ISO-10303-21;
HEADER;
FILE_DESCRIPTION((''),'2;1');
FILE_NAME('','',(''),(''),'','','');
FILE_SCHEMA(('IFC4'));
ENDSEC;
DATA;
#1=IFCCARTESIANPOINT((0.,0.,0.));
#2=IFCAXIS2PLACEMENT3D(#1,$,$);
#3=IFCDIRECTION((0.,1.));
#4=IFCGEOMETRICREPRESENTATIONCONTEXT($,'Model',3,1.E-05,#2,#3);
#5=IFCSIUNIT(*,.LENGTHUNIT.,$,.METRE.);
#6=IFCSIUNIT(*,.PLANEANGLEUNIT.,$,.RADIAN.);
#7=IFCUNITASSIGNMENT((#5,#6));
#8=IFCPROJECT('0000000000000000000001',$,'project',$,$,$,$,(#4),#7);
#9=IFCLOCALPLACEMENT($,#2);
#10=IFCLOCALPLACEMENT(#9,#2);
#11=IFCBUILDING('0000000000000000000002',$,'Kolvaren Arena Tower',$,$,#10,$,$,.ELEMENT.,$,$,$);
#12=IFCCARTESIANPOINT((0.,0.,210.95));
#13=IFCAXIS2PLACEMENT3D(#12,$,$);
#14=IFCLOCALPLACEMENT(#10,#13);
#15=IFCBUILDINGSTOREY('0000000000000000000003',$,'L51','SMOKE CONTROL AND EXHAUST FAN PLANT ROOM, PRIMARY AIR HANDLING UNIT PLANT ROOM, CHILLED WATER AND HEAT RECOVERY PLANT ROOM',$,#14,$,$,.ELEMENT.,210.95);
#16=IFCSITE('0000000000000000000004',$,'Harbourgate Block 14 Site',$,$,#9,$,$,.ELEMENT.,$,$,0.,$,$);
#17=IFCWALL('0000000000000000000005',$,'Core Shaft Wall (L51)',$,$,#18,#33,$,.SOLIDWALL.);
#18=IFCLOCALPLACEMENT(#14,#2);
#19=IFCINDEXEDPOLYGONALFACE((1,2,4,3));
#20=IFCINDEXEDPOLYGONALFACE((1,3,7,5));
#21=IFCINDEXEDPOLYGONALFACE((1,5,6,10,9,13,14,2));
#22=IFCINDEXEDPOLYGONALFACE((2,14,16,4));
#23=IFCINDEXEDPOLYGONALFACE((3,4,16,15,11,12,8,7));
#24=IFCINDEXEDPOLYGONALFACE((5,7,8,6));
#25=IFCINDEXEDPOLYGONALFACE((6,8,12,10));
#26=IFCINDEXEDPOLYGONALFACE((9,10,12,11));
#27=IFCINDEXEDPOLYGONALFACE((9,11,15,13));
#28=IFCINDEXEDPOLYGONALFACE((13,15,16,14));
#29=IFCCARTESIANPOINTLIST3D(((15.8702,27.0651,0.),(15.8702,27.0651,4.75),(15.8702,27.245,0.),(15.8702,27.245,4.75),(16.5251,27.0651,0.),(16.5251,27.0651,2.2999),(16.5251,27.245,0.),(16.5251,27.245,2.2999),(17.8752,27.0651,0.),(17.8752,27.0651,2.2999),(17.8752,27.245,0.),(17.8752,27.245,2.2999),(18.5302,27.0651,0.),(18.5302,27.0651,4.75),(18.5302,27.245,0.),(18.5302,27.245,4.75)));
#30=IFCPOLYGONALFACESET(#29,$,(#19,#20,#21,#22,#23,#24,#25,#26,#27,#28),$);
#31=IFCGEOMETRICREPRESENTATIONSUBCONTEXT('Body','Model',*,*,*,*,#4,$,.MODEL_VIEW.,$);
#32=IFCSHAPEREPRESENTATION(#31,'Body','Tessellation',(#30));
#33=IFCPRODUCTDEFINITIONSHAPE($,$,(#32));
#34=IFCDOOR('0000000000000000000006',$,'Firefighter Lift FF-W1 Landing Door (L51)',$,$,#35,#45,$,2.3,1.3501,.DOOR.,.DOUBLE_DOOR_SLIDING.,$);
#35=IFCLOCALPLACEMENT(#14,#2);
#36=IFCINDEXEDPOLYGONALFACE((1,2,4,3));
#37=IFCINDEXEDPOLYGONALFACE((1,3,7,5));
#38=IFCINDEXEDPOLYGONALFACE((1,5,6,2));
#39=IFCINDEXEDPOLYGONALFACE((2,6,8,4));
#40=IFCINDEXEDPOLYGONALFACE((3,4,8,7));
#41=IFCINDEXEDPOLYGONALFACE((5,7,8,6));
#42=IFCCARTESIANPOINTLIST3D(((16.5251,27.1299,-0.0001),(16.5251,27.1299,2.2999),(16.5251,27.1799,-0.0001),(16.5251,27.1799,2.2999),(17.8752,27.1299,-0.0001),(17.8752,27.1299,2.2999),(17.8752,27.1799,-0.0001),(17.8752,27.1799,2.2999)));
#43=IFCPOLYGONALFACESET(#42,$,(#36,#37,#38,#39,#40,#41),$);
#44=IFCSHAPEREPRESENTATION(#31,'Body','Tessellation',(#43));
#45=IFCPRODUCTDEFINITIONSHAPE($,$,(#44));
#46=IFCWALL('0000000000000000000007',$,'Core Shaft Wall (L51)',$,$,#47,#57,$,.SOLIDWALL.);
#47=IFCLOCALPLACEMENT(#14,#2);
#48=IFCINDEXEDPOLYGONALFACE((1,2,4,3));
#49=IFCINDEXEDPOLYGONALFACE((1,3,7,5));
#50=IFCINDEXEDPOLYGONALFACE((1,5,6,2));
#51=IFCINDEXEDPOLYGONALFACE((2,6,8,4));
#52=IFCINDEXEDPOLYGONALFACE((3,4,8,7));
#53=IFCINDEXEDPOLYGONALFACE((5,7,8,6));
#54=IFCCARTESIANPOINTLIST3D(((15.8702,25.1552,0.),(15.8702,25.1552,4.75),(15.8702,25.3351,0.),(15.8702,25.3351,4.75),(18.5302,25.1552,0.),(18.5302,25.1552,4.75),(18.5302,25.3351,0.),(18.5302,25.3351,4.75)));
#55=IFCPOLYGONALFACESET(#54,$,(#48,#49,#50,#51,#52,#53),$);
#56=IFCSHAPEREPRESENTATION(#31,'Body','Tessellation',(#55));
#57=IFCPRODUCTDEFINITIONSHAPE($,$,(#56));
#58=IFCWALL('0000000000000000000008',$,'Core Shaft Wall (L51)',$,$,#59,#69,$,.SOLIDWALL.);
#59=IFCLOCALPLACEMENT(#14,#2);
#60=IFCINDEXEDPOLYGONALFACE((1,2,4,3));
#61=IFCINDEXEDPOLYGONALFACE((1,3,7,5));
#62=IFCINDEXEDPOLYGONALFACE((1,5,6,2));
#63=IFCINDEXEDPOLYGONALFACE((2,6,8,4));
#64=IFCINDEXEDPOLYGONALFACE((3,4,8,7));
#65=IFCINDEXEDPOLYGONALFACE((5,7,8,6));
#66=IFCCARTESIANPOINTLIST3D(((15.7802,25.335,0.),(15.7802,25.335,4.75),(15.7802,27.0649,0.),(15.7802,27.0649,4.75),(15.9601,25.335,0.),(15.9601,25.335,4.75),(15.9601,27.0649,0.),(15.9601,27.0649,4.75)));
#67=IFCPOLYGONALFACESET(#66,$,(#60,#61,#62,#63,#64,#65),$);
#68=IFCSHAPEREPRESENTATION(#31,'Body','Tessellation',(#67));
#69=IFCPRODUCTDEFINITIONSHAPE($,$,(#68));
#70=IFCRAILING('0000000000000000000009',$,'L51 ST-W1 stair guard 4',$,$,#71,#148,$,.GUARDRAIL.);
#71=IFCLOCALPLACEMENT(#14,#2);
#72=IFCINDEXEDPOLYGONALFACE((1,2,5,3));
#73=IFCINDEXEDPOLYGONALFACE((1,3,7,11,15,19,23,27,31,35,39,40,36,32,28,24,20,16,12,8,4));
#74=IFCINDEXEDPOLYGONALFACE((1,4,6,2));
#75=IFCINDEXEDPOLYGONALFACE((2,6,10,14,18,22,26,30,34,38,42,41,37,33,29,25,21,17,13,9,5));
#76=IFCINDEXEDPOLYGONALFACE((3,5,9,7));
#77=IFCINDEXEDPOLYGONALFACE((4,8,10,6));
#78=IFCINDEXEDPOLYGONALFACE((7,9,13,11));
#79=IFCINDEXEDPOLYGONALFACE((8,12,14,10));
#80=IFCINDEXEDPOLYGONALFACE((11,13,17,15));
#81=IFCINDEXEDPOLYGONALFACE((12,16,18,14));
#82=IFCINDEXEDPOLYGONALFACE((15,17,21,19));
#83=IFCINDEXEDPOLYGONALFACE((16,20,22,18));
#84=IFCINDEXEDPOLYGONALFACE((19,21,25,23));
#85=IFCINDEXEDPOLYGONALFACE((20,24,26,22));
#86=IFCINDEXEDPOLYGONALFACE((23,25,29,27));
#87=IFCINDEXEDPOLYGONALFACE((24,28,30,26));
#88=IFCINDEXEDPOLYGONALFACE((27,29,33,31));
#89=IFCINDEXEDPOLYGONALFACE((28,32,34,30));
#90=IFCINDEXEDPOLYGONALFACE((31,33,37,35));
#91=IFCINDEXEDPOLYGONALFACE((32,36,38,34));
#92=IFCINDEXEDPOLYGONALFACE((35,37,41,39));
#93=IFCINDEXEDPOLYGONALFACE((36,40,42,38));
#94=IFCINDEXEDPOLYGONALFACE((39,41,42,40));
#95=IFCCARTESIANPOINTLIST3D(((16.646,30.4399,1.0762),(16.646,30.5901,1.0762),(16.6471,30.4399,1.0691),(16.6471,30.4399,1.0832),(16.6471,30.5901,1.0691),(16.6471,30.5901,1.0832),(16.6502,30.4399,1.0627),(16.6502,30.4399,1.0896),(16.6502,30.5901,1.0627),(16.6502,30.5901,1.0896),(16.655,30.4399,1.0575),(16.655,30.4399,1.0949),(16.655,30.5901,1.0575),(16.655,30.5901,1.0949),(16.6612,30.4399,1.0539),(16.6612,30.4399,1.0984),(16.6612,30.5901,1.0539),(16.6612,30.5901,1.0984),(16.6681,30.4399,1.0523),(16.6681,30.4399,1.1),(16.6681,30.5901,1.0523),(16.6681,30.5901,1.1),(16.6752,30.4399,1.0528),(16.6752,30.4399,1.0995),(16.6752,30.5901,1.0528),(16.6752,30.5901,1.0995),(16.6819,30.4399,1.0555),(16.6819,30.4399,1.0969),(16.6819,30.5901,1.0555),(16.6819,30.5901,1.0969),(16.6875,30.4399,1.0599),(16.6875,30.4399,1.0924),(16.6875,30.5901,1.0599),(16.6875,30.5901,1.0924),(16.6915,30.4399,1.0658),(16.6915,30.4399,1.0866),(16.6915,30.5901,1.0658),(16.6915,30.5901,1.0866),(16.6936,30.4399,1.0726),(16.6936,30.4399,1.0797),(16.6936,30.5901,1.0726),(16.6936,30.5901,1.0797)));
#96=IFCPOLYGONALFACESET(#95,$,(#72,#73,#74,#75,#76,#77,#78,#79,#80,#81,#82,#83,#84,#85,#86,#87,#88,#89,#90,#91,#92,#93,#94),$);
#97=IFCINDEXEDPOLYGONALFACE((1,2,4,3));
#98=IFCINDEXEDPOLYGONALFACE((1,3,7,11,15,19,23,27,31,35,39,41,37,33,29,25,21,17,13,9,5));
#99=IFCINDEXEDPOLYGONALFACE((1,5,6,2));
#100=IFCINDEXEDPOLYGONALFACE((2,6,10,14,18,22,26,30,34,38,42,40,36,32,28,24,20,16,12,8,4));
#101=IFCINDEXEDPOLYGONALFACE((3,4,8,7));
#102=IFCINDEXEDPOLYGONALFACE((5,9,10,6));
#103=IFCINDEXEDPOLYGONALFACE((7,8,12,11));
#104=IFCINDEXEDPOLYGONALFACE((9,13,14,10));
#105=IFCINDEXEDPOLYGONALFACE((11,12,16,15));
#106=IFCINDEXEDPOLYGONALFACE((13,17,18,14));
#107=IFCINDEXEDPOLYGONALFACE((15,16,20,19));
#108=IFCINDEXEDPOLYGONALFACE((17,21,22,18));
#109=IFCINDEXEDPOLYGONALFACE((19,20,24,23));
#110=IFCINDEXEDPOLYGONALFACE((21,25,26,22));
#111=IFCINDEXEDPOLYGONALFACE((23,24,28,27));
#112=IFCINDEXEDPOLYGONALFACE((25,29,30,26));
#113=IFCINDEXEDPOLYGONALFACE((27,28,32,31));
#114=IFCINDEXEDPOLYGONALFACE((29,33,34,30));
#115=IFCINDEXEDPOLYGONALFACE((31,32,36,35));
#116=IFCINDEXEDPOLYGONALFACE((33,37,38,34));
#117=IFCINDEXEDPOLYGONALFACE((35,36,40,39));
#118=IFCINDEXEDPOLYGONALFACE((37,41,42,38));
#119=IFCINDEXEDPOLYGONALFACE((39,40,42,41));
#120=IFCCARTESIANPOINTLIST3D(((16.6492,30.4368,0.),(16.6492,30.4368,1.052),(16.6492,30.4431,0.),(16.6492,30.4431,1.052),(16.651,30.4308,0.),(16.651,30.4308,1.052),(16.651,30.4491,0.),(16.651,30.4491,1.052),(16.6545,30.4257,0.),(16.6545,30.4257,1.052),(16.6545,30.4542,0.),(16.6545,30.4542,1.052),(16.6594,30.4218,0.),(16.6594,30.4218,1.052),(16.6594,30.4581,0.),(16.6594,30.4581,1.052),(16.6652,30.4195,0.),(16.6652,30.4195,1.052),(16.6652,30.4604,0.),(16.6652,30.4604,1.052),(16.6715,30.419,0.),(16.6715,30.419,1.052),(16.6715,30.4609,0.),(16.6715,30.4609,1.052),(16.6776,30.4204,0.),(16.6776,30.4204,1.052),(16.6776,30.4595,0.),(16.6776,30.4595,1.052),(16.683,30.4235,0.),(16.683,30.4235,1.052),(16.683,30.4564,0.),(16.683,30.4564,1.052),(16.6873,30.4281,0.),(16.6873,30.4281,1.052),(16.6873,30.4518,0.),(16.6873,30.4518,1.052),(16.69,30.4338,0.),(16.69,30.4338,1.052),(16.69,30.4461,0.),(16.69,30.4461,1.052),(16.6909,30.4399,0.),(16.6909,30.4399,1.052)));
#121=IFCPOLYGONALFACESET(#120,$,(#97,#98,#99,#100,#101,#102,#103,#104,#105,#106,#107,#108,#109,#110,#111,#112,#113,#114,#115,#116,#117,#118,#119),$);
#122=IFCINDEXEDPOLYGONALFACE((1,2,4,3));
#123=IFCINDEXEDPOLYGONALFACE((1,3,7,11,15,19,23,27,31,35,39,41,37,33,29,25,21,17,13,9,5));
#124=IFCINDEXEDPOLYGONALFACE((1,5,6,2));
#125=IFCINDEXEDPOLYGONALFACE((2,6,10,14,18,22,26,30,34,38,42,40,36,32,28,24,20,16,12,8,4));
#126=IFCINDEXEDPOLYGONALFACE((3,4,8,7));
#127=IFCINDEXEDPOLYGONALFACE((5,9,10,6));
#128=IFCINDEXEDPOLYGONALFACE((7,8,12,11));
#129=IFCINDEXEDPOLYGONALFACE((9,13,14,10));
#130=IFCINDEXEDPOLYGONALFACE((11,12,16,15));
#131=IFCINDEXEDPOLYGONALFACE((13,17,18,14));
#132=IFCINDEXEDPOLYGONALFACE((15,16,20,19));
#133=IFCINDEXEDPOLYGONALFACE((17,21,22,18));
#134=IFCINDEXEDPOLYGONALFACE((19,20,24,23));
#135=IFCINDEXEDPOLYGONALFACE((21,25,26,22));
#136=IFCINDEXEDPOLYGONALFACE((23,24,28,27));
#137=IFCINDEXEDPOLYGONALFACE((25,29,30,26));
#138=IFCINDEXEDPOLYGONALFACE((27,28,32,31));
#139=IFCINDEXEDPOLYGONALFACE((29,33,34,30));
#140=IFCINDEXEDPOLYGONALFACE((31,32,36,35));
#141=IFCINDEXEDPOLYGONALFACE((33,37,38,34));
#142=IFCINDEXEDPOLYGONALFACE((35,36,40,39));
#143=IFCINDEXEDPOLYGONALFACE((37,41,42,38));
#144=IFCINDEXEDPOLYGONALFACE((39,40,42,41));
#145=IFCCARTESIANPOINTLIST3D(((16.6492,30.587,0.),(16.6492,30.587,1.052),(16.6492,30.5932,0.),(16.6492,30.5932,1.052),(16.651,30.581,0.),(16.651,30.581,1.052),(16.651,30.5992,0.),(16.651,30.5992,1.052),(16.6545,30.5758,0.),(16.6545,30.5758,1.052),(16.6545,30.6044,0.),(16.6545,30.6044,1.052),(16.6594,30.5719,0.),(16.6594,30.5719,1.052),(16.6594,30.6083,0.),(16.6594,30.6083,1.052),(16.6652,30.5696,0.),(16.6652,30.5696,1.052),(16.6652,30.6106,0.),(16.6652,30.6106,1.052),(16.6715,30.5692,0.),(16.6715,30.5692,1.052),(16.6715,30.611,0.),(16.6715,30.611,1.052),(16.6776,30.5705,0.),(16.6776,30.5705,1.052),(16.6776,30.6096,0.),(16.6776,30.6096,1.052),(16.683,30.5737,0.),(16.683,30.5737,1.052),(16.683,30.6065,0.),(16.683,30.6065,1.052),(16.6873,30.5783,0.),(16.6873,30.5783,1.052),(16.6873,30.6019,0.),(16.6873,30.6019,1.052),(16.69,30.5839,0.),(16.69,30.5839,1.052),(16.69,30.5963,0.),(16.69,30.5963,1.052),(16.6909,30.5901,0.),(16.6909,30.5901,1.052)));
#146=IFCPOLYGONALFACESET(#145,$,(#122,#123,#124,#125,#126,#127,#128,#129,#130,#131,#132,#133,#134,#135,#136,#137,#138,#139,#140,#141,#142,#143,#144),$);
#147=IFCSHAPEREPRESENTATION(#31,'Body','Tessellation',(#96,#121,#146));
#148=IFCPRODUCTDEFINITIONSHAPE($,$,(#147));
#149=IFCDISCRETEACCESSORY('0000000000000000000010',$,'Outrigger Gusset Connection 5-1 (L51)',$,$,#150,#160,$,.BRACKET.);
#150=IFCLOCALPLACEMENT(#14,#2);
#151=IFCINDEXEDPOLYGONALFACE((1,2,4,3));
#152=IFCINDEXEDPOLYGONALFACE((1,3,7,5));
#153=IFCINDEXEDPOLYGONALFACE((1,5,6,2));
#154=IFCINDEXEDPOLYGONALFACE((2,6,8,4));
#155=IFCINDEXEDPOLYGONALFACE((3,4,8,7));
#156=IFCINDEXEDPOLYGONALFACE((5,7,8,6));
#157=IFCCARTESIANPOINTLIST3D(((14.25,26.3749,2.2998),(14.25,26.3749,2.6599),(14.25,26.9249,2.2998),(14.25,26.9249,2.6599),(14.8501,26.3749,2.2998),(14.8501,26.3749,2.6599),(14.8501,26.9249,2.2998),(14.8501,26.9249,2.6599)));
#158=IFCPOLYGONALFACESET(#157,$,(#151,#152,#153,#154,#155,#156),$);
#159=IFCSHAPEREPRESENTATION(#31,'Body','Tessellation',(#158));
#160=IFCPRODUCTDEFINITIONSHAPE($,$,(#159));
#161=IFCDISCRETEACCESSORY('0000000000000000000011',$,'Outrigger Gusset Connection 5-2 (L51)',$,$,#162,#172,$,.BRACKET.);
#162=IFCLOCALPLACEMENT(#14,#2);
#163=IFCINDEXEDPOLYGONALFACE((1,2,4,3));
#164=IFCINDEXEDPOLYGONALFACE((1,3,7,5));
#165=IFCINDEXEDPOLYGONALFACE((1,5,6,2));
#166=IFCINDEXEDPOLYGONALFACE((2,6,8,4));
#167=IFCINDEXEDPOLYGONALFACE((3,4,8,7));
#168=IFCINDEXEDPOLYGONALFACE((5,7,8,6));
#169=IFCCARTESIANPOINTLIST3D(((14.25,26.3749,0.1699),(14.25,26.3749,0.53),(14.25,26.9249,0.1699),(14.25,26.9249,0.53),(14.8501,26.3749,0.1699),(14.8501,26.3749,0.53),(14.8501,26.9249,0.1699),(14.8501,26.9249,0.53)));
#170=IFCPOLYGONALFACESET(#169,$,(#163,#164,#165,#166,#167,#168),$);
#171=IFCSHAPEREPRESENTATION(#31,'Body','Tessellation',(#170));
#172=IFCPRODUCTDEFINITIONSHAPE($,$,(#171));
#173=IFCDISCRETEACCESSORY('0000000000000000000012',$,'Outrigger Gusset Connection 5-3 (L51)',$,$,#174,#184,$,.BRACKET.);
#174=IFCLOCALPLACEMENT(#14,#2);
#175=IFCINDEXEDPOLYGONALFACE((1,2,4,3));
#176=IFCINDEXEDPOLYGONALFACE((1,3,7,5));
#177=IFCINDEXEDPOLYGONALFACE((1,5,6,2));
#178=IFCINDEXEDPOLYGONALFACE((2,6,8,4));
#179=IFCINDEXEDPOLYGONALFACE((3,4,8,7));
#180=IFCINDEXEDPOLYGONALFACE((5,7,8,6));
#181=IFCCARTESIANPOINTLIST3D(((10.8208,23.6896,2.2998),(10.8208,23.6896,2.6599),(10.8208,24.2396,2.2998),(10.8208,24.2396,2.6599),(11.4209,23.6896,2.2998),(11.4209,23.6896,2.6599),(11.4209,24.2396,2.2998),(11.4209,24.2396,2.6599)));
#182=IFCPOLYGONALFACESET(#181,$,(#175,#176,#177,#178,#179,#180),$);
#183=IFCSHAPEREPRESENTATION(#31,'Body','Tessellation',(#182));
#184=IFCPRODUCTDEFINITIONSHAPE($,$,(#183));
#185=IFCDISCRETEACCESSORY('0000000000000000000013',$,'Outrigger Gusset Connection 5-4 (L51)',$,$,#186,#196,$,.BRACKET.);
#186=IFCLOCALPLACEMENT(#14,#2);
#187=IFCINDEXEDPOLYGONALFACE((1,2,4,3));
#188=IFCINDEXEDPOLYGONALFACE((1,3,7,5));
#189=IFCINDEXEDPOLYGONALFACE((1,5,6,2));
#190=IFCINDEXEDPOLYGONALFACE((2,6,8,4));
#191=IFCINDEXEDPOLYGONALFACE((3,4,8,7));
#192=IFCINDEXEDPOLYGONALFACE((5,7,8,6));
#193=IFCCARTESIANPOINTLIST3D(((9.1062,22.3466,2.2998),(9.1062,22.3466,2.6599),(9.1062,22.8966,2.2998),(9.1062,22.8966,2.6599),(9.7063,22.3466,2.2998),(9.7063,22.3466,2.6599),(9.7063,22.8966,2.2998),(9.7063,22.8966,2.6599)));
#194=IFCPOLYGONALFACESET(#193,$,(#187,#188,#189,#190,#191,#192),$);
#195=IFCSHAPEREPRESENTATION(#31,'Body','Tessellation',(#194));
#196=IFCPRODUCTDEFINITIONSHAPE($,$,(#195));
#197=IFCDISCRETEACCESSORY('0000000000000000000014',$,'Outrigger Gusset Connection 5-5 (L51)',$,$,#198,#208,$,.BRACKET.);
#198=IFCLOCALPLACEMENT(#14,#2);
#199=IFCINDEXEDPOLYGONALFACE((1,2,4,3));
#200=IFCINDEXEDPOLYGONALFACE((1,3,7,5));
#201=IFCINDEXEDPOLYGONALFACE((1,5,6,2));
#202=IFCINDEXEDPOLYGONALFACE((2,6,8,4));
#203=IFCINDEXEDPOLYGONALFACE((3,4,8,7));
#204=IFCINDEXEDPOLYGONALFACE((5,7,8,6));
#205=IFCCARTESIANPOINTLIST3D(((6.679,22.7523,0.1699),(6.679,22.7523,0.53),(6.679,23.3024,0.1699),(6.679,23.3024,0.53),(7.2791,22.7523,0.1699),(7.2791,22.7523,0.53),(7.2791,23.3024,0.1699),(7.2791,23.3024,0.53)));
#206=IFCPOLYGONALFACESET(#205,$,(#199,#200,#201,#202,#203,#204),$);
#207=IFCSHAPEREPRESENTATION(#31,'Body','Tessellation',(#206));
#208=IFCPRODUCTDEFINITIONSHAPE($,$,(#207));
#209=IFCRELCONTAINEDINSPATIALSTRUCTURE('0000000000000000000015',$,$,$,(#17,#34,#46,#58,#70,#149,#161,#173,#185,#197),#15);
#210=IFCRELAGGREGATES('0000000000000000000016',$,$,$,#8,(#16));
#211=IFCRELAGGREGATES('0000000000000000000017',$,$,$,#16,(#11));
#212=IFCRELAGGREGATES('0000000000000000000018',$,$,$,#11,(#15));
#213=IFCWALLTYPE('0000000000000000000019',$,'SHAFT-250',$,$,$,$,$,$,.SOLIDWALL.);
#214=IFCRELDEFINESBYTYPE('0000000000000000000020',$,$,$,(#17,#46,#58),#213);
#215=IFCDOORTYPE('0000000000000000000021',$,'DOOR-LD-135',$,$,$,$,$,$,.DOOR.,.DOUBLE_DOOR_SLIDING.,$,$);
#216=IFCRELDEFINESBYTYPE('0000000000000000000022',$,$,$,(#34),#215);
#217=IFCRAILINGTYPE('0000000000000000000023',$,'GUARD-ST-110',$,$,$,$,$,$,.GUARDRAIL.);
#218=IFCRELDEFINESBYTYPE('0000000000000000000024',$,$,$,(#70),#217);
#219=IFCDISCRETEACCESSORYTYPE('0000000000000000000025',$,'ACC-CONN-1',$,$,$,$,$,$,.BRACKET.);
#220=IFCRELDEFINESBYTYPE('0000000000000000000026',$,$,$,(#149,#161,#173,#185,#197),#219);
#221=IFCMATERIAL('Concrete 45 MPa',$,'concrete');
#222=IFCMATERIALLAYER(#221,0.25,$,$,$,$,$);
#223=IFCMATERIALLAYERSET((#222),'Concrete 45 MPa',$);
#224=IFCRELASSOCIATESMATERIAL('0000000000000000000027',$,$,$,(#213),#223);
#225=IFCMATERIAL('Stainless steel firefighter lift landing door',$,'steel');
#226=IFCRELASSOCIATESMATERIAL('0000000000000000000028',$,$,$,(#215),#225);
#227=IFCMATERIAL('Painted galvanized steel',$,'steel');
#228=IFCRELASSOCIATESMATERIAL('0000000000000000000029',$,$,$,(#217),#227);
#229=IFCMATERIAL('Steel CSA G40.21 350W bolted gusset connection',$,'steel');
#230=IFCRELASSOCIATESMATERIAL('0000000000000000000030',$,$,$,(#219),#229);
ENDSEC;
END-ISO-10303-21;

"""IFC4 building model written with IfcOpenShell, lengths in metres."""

from ifc_helpers import new_model, si_unit, direction, frame, frame_2d, origin, origin_2d, place, context, subcontext, project, spatial, rectangle, circle, extrude, material, layer, layer_set, type_object, element, fill, save


model = new_model("IFC4")

# Units and contexts
model_context = context("Model", 3, precision=1e-05, world=origin(), true_north=direction((0.0, 1.0)))
body_context = subcontext(model_context, "Body", "Model", "MODEL_VIEW")
ifc_project = project(units=[si_unit("LENGTHUNIT", "METRE"), si_unit("PLANEANGLEUNIT", "RADIAN")], contexts=[model_context])

# Site, building, storey
site_placement = place(None, origin())
site = spatial("IfcSite", under=ifc_project, at=site_placement, Name="Harbourgate Block 14 Site", CompositionType="ELEMENT", RefElevation=0.0)
building_placement = place(site_placement, origin())
building = spatial("IfcBuilding", under=site, at=building_placement, Name="Kolvaren Arena Tower", CompositionType="ELEMENT")
storey_placement = place(building_placement, frame((0.0, 0.0, 210.95)))
storey = spatial("IfcBuildingStorey", under=building, at=storey_placement, Name="L51", Description="SMOKE CONTROL AND EXHAUST FAN PLANT ROOM, PRIMARY AIR HANDLING UNIT PLANT ROOM, CHILLED WATER AND HEAT RECOVERY PLANT ROOM", CompositionType="ELEMENT", Elevation=210.95)

# Shared definitions
ifc_material_1 = material(Name="Concrete 45 MPa", Category="concrete")
ifc_layer_1 = layer(ifc_material_1, 0.25)
ifc_layer_set_1 = layer_set([ifc_layer_1], Name="Concrete 45 MPa")
wall_type = type_object("IfcWallType", Name="SHAFT-250", PredefinedType="SOLIDWALL", material=ifc_layer_set_1)

# Wall, opening, door
wall_1_placement = place(storey_placement, frame((15.8701, 27.155, 0.0), z_axis=(0.0, 0.0, 1.0), x_axis=(1.0, 0.0, 0.0)))
wall_1 = element("IfcWall", 1, at=wall_1_placement, inside=storey, type_object=wall_type, Name="Core Shaft Wall (L51)", PredefinedType="SOLIDWALL", context=body_context, shape_type="SweptSolid", body=[
    extrude(rectangle(XDim=2.6599, YDim=0.1799, at=frame_2d((1.3301, 0.0))), origin(), (0.0, 0.0, 1.0), 4.75),
])
opening_placement = place(wall_1_placement, frame((0.655, 0.0, 0.0)))
opening = element("IfcOpeningElement", 2, at=opening_placement, cuts=wall_1, PredefinedType="OPENING", context=body_context, shape_type="SweptSolid", body=[
    extrude(rectangle(XDim=1.3501, YDim=2.3, at=frame_2d((0.675, 1.1499))), frame((0.0, 0.0999, 0.0), z_axis=(0.0, -1.0, 0.0), x_axis=(1.0, 0.0, 0.0)), (0.0, 0.0, 1.0), 0.2),
])
ifc_material_2 = material(Name="Stainless steel firefighter lift landing door", Category="steel")
door_type = type_object("IfcDoorType", Name="DOOR-LD-135", OperationType="DOUBLE_DOOR_SLIDING", PredefinedType="DOOR", material=ifc_material_2)
door_placement = place(opening_placement, origin())
door = element("IfcDoor", 3, at=door_placement, inside=storey, type_object=door_type, Name="Firefighter Lift FF-W1 Landing Door (L51)", OperationType="DOUBLE_DOOR_SLIDING", OverallHeight=2.3, OverallWidth=1.3501, PredefinedType="DOOR", context=body_context, shape_type="SweptSolid", body=[
    extrude(rectangle(XDim=1.3501, YDim=2.3, at=frame_2d((0.675, 1.1499))), frame((0.0, 0.0249, 0.0), z_axis=(0.0, -1.0, 0.0), x_axis=(1.0, 0.0, 0.0)), (0.0, 0.0, 1.0), 0.05),
])
fill(opening, door)

# Walls
wall_2_placement = place(storey_placement, frame((15.8701, 25.2451, 0.0), z_axis=(0.0, 0.0, 1.0), x_axis=(1.0, 0.0, 0.0)))
element("IfcWall", 4, at=wall_2_placement, inside=storey, type_object=wall_type, Name="Core Shaft Wall (L51)", PredefinedType="SOLIDWALL", context=body_context, shape_type="SweptSolid", body=[
    extrude(rectangle(XDim=2.6599, YDim=0.1799, at=frame_2d((1.3301, 0.0))), origin(), (0.0, 0.0, 1.0), 4.75),
])
wall_3_placement = place(storey_placement, frame((15.8701, 25.335, 0.0), z_axis=(0.0, 0.0, 1.0), x_axis=(0.0, 1.0, 0.0)))
element("IfcWall", 5, at=wall_3_placement, inside=storey, type_object=wall_type, Name="Core Shaft Wall (L51)", PredefinedType="SOLIDWALL", context=body_context, shape_type="SweptSolid", body=[
    extrude(rectangle(XDim=1.73, YDim=0.1799, at=frame_2d((0.865, 0.0))), origin(), (0.0, 0.0, 1.0), 4.75),
])

# Railing
ifc_material_3 = material(Name="Painted galvanized steel", Category="steel")
railing_type = type_object("IfcRailingType", Name="GUARD-ST-110", PredefinedType="GUARDRAIL", material=ifc_material_3)
railing_placement = place(storey_placement, frame((16.6699, 30.4399, 0.0)))
element("IfcRailing", 6, at=railing_placement, inside=storey, type_object=railing_type, Name="L51 ST-W1 stair guard 4", PredefinedType="GUARDRAIL", context=body_context, shape_type="SweptSolid", body=[
    extrude(circle(Radius=0.0239, at=origin_2d()), frame((0.0, 0.0, 1.0762), z_axis=(0.0, 1.0, 0.0), x_axis=(-1.0, 0.0, 0.0)), (0.0, 0.0, 1.0), 0.1501),
    extrude(circle(Radius=0.021, at=origin_2d()), origin(), (0.0, 0.0, 1.0), 1.052),
    extrude(circle(Radius=0.021, at=origin_2d()), frame((0.0, 0.1501, 0.0)), (0.0, 0.0, 1.0), 1.052),
])

# Discrete accessories
ifc_material_4 = material(Name="Steel CSA G40.21 350W bolted gusset connection", Category="steel")
discrete_accessory_type = type_object("IfcDiscreteAccessoryType", Name="ACC-CONN-1", PredefinedType="BRACKET", material=ifc_material_4)
for number, where, z_axis, x_axis, name in (
    (7, (14.55, 26.6499, 2.2998), (0.0, 0.0, 1.0), (1.0, 0.0, 0.0), "Outrigger Gusset Connection 5-1 (L51)"),
    (8, (14.55, 26.6499, 0.1699), (0.0, 0.0, 1.0), (1.0, 0.0, 0.0), "Outrigger Gusset Connection 5-2 (L51)"),
    (9, (11.1208, 23.9646, 2.2998), (0.0, 0.0, 1.0), (1.0, 0.0, 0.0), "Outrigger Gusset Connection 5-3 (L51)"),
    (10, (9.4062, 22.6216, 2.2998), (0.0, 0.0, 1.0), (1.0, 0.0, 0.0), "Outrigger Gusset Connection 5-4 (L51)"),
    (11, (6.979, 23.0273, 0.1699), (0.0, 0.0, 1.0), (1.0, 0.0, 0.0), "Outrigger Gusset Connection 5-5 (L51)"),
):
    element("IfcDiscreteAccessory", number, at=place(storey_placement, frame(where, z_axis=z_axis, x_axis=x_axis)), inside=storey, type_object=discrete_accessory_type, Name=name, PredefinedType="BRACKET", context=body_context, shape_type="SweptSolid", body=[
        extrude(rectangle(XDim=0.6001, YDim=0.55, at=origin_2d()), origin(), (0.0, 0.0, 1.0), 0.3601),
    ])

save(model, "model.ifc")
